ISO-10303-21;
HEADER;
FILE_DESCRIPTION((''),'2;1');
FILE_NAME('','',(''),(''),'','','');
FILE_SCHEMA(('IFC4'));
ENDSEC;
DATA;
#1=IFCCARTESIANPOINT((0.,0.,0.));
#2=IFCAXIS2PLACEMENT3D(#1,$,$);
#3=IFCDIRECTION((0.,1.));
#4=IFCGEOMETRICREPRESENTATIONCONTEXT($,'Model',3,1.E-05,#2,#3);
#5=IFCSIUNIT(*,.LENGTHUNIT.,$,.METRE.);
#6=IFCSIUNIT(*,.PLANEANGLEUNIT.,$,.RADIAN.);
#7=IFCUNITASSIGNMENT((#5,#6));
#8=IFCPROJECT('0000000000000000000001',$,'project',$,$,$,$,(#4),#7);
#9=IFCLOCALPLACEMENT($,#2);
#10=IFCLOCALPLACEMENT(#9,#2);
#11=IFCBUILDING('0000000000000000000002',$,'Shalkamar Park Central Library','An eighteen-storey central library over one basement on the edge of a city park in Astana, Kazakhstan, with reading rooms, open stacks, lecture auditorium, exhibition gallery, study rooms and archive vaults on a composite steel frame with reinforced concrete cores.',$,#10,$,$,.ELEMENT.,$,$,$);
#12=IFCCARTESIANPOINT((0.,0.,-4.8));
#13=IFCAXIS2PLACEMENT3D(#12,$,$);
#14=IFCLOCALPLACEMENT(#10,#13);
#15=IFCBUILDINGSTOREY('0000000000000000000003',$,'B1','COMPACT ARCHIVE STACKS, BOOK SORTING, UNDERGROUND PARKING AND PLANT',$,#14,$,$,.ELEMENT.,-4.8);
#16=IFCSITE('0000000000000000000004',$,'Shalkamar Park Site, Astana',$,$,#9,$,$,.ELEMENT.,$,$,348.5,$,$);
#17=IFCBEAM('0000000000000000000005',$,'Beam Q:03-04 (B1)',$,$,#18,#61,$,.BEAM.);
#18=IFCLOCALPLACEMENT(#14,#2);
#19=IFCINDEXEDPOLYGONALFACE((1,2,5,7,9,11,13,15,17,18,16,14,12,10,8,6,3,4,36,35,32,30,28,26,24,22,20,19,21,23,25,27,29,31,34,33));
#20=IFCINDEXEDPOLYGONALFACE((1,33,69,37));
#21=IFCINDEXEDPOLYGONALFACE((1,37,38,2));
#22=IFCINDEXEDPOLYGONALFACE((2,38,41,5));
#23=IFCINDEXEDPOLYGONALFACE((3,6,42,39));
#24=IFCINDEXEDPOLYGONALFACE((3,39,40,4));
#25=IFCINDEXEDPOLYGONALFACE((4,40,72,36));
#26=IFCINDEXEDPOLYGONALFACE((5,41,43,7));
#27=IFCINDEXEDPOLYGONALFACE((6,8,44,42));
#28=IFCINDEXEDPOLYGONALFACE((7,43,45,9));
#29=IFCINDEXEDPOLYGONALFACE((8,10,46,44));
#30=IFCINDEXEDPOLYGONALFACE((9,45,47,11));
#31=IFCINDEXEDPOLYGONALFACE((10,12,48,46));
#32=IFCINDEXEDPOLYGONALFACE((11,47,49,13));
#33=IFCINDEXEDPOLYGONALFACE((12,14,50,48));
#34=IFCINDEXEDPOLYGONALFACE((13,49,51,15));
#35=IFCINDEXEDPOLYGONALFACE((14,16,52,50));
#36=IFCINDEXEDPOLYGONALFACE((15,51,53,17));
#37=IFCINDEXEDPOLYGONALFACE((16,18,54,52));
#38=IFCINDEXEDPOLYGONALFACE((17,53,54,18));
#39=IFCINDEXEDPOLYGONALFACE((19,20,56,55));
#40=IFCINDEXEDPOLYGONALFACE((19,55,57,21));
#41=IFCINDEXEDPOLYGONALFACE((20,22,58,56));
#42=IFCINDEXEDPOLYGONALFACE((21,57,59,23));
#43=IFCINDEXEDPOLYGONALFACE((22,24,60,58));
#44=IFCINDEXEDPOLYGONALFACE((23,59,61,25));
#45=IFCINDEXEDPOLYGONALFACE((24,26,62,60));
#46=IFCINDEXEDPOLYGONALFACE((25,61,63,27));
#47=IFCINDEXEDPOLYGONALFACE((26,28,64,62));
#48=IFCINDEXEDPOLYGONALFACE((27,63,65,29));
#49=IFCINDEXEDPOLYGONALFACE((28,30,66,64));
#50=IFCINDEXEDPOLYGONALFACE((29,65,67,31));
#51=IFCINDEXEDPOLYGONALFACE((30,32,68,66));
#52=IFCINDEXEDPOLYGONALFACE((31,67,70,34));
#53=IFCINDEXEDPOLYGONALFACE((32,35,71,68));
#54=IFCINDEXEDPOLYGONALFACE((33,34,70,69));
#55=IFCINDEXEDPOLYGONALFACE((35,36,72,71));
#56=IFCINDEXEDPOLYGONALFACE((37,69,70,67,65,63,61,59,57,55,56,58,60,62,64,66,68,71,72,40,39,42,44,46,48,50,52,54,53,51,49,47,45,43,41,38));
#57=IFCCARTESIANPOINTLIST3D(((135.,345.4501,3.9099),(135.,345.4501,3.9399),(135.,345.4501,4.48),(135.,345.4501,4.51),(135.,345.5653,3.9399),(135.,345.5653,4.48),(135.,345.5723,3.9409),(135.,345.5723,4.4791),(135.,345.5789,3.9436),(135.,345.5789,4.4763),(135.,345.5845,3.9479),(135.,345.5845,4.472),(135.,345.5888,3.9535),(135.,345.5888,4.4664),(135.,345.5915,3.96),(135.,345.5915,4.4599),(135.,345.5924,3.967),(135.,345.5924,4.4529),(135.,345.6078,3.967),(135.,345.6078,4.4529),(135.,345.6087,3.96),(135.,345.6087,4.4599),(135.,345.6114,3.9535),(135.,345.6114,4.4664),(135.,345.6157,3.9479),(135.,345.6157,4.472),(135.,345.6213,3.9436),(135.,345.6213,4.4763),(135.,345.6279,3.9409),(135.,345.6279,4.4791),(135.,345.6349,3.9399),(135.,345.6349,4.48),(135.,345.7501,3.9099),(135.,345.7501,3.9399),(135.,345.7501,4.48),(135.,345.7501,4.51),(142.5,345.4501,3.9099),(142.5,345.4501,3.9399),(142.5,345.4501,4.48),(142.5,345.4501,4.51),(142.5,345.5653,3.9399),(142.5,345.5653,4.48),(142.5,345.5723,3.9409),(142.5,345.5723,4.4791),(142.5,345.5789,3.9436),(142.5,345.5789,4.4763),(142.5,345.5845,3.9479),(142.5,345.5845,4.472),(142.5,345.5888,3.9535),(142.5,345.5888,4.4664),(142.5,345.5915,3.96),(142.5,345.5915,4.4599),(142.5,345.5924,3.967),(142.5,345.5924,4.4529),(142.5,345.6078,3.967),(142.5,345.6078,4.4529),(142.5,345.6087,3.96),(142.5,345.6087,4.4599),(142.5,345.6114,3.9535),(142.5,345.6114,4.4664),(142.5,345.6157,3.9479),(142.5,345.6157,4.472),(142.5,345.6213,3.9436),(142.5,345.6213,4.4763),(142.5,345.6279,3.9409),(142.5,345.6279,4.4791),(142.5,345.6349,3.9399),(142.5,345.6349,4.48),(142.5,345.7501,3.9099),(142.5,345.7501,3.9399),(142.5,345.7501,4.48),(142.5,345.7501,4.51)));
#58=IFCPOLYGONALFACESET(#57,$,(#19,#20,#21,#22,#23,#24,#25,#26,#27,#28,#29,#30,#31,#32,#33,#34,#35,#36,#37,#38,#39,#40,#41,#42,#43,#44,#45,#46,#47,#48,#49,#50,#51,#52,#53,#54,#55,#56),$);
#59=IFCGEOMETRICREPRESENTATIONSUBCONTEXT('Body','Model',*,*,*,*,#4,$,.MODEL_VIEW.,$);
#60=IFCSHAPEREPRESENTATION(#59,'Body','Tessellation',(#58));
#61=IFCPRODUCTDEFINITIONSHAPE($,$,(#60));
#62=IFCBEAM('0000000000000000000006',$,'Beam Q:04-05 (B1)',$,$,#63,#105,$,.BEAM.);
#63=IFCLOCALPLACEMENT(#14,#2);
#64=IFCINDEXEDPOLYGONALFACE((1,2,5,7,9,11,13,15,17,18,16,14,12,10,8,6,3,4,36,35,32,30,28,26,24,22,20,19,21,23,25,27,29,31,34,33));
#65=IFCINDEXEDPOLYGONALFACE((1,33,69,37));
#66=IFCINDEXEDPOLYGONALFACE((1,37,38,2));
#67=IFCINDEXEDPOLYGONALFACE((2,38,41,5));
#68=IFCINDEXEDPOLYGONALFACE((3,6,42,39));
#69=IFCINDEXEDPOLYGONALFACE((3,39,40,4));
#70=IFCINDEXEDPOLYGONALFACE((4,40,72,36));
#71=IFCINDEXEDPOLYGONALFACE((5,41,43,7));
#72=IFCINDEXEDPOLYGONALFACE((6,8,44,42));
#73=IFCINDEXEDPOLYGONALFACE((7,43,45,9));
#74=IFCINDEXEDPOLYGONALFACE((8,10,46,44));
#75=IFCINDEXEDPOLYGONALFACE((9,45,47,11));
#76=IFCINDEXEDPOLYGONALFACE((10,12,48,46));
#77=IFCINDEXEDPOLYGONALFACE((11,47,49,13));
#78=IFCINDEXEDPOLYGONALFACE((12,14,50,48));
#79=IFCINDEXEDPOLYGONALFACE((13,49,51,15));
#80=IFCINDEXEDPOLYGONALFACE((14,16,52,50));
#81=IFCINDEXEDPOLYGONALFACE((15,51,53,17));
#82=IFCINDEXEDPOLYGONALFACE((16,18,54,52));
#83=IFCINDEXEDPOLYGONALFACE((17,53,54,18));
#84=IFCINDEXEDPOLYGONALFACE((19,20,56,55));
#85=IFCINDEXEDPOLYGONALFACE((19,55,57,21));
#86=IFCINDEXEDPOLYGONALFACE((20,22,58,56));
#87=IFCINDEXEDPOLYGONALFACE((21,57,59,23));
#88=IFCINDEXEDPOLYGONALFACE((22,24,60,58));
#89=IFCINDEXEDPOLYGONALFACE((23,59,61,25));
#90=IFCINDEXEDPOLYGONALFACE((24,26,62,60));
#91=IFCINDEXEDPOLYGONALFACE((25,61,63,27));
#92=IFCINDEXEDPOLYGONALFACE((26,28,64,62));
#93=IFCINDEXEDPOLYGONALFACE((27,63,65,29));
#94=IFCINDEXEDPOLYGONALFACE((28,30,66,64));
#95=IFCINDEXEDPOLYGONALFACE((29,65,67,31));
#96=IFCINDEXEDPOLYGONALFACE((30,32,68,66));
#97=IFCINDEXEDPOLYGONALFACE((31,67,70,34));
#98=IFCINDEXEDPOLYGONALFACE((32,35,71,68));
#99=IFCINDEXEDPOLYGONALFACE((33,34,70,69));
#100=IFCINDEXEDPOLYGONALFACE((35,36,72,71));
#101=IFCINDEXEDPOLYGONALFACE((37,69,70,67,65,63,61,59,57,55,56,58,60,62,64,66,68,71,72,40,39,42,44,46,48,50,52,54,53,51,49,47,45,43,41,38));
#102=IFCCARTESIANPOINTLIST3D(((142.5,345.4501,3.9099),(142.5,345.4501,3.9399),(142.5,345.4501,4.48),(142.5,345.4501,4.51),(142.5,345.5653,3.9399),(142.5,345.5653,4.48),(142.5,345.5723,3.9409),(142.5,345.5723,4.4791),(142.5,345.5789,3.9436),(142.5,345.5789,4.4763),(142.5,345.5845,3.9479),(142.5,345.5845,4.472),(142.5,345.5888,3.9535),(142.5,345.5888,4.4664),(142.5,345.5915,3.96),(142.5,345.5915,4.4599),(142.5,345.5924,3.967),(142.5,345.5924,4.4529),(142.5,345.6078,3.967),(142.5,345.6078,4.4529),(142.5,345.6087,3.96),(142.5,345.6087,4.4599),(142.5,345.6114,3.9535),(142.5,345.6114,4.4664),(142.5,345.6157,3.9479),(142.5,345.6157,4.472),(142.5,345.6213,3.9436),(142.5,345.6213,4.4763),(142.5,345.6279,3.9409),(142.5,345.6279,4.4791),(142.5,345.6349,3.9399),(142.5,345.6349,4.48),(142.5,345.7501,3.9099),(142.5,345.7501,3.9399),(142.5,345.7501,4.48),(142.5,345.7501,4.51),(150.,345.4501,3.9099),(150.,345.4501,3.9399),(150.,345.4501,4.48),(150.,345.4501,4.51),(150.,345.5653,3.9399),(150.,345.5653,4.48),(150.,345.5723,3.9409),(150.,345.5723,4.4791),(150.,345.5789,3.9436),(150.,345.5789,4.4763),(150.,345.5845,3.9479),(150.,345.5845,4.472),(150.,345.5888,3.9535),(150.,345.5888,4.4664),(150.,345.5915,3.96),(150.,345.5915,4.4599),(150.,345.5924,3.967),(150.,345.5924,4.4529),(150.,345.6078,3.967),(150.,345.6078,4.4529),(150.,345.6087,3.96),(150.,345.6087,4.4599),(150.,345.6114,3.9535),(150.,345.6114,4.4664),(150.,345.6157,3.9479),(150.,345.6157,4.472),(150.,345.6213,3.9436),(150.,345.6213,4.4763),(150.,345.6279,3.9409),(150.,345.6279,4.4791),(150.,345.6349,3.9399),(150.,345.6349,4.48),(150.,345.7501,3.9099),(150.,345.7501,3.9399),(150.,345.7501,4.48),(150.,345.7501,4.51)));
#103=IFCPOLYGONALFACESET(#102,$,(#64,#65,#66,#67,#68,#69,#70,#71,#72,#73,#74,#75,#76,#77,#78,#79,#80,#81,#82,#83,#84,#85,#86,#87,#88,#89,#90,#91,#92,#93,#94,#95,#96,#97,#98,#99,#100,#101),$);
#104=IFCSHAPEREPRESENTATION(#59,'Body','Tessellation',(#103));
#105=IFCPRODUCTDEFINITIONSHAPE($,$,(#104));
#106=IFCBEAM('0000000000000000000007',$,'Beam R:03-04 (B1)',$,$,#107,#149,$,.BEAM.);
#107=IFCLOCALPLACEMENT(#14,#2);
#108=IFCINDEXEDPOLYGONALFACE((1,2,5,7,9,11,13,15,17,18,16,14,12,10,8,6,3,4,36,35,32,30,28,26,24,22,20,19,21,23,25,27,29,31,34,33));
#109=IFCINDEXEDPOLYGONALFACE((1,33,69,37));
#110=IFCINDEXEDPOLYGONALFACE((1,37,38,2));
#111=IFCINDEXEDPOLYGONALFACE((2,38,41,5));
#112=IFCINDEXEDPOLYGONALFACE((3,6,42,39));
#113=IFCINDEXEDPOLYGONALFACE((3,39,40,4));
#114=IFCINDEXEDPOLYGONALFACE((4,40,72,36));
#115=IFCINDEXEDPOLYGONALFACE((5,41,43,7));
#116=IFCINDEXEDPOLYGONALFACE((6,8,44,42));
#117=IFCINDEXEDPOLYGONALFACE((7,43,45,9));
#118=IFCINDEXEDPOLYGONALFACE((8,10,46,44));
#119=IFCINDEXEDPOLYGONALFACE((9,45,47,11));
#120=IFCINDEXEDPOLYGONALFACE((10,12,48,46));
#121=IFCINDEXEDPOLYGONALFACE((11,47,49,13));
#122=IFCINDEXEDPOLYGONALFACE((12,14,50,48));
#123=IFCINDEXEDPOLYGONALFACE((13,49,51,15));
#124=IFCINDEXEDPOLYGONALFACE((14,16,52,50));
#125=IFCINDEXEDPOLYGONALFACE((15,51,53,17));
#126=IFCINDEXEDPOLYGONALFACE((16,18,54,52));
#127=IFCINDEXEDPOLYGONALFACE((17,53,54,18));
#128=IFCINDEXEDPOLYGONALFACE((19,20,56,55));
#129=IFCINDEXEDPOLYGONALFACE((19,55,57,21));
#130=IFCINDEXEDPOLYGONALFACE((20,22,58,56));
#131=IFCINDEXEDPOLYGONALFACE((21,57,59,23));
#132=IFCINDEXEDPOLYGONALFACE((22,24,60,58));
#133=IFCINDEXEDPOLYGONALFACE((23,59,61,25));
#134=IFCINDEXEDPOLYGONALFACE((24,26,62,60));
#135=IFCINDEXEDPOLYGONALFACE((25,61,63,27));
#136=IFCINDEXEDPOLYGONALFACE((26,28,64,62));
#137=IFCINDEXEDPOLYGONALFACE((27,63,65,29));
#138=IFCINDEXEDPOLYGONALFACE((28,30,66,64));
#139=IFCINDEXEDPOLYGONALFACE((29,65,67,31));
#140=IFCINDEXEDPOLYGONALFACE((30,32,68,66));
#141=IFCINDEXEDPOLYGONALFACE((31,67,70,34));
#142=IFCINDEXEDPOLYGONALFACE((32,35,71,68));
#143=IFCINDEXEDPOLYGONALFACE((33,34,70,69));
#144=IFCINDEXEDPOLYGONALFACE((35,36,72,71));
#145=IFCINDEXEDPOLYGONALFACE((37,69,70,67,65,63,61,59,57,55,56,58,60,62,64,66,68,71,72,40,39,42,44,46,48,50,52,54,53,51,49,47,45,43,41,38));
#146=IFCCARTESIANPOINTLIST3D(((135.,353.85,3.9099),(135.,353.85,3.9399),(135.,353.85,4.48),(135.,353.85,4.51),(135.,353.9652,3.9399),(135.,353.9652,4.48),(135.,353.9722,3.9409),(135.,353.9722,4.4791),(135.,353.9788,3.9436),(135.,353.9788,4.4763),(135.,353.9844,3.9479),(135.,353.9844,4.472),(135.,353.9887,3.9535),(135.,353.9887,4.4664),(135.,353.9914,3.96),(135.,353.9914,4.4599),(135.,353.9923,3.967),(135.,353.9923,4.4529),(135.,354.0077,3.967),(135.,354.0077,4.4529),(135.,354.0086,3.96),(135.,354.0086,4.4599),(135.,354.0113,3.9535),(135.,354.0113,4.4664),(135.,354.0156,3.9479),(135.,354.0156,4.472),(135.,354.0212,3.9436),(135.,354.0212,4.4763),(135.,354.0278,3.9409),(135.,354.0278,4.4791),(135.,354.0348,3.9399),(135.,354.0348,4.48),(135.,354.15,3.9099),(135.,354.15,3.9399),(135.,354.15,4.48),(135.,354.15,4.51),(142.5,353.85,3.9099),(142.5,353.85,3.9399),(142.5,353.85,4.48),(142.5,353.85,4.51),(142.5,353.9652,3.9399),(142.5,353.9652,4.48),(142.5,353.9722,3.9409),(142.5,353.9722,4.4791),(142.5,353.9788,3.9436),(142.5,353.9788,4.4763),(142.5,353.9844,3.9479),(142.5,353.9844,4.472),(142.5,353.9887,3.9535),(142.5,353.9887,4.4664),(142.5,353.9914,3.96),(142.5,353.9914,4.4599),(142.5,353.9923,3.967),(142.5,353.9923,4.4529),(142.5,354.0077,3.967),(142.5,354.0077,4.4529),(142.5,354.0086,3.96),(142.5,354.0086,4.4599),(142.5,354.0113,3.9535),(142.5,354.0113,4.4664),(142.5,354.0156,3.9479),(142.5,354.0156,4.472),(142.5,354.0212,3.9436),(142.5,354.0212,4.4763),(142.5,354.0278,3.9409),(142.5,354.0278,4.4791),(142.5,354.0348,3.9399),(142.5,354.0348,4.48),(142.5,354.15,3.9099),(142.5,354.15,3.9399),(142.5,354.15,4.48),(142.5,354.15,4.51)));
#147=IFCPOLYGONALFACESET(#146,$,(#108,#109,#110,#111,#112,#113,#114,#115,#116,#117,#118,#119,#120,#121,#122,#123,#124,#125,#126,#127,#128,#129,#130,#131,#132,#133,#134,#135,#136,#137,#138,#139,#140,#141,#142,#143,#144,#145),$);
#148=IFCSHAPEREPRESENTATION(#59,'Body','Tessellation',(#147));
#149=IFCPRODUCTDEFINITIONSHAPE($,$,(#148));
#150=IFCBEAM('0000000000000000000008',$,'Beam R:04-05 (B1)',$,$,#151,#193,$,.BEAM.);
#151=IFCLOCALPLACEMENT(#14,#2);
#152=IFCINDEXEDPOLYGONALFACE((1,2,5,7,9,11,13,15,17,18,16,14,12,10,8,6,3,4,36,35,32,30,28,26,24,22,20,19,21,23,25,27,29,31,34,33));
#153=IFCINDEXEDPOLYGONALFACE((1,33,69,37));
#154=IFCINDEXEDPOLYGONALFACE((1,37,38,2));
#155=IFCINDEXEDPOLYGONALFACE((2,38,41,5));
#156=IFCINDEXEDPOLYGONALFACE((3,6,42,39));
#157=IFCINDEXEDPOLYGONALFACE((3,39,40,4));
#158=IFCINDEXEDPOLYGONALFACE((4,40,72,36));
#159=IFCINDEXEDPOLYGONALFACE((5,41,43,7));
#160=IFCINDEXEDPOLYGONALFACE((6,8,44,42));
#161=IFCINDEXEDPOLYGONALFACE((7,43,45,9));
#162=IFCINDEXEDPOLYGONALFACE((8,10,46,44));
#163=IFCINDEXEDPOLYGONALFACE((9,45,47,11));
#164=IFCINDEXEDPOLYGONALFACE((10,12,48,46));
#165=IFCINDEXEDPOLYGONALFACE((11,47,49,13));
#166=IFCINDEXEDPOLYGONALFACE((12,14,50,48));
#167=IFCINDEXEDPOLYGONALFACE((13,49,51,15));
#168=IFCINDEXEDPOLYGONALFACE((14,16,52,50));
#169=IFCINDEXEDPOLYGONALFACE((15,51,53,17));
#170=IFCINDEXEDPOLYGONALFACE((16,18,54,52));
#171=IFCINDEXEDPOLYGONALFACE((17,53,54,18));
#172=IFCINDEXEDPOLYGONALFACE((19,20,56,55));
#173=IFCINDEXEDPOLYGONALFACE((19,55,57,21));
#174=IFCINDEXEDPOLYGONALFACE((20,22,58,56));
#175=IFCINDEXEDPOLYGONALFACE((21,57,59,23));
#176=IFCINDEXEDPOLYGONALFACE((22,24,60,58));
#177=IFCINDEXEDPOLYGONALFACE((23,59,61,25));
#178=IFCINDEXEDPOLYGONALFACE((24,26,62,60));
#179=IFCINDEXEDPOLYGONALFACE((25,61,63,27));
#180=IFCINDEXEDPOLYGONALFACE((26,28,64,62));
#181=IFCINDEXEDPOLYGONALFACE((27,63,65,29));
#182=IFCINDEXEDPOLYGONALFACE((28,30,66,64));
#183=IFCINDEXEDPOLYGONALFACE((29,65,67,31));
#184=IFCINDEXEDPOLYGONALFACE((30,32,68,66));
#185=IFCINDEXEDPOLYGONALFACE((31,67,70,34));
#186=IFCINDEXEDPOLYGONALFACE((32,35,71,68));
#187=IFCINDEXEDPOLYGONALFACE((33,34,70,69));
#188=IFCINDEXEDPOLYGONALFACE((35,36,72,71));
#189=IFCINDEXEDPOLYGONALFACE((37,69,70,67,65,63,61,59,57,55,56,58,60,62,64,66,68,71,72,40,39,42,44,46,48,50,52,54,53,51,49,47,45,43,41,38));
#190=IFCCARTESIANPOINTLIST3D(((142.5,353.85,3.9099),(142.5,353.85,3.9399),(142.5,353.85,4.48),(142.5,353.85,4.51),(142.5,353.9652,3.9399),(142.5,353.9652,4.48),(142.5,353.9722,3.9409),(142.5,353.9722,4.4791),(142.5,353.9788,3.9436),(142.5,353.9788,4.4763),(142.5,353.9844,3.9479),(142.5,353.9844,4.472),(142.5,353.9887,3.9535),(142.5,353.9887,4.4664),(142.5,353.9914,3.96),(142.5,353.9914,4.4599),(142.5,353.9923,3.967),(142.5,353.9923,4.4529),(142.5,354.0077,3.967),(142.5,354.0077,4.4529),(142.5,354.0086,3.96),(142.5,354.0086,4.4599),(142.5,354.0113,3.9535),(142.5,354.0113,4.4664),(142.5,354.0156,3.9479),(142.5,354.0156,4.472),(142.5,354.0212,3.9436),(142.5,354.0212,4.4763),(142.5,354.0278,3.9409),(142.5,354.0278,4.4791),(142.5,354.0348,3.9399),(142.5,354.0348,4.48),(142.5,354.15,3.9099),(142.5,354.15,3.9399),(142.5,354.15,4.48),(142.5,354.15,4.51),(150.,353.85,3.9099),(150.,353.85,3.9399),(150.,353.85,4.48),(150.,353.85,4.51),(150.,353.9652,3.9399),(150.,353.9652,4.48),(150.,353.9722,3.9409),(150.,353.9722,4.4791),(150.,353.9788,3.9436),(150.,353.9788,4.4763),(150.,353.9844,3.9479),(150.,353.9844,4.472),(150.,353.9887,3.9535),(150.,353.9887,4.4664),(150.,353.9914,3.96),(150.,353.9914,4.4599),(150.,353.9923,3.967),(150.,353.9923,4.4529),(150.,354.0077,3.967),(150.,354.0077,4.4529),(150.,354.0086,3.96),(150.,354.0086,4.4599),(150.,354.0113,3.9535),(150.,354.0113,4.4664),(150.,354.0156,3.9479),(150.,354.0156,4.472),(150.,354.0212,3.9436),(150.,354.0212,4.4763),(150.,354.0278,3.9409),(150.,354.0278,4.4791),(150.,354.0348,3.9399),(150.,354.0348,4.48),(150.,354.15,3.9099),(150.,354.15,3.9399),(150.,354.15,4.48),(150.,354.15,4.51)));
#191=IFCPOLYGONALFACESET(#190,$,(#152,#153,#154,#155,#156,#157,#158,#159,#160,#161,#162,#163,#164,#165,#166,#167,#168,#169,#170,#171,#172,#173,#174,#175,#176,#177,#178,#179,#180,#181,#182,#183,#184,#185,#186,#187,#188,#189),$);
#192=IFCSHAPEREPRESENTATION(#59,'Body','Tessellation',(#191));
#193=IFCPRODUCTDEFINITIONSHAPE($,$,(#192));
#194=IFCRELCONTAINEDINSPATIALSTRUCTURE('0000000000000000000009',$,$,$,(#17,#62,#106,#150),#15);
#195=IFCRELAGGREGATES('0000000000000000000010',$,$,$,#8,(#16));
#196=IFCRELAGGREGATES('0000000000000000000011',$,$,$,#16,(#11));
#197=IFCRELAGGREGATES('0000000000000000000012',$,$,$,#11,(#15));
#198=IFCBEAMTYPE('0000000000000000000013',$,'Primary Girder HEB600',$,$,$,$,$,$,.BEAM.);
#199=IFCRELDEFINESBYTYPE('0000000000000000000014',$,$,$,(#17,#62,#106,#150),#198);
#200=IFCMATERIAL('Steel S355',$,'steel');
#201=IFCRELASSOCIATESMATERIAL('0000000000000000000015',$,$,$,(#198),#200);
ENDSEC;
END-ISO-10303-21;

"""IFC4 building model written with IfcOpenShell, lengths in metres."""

from ifc_helpers import new_model, si_unit, direction, frame, origin, origin_2d, place, context, subcontext, project, spatial, i_section, extrude, material, material_profile, profile_set, type_object, element, save


model = new_model("IFC4")

# Units and contexts
model_context = context("Model", 3, precision=1e-05, world=origin(), true_north=direction((0.0, 1.0)))
body_context = subcontext(model_context, "Body", "Model", "MODEL_VIEW")
ifc_project = project(units=[si_unit("LENGTHUNIT", "METRE"), si_unit("PLANEANGLEUNIT", "RADIAN")], contexts=[model_context])

# Site, building, storey
site_placement = place(None, origin())
site = spatial("IfcSite", under=ifc_project, at=site_placement, Name="Shalkamar Park Site, Astana", CompositionType="ELEMENT", RefElevation=348.5)
building_placement = place(site_placement, origin())
building = spatial("IfcBuilding", under=site, at=building_placement, Name="Shalkamar Park Central Library", Description="An eighteen-storey central library over one basement on the edge of a city park in Astana, Kazakhstan, with reading rooms, open stacks, lecture auditorium, exhibition gallery, study rooms and archive vaults on a composite steel frame with reinforced concrete cores.", CompositionType="ELEMENT")
storey_placement = place(building_placement, frame((0.0, 0.0, -4.8)))
storey = spatial("IfcBuildingStorey", under=building, at=storey_placement, Name="B1", Description="COMPACT ARCHIVE STACKS, BOOK SORTING, UNDERGROUND PARKING AND PLANT", CompositionType="ELEMENT", Elevation=-4.8)

# Shared definitions
ifc_material_1 = material(Name="Steel S355", Category="steel")

# Beams
ifc_material_profile_1 = material_profile(ifc_material_1, i_section(OverallWidth=0.3, OverallDepth=0.6001, WebThickness=0.0154, FlangeThickness=0.03, FilletRadius=0.0271, at=origin_2d()), Name="HEB 600")
ifc_profile_set_1 = profile_set([ifc_material_profile_1], Name="Steel S355")
beam_type_1 = type_object("IfcBeamType", Name="Primary Girder HEB600", PredefinedType="BEAM", material=ifc_profile_set_1)
for number, where, z_axis, x_axis, name in (
    (1, (135.0, 345.6001, 4.21), (1.0, 0.0, 0.0), (0.0, 1.0, 0.0), "Beam Q:03-04 (B1)"),
    (2, (142.5, 345.6001, 4.21), (1.0, 0.0, 0.0), (0.0, 1.0, 0.0), "Beam Q:04-05 (B1)"),
    (3, (135.0, 354.0, 4.21), (1.0, 0.0, 0.0), (0.0, 1.0, 0.0), "Beam R:03-04 (B1)"),
    (4, (142.5, 354.0, 4.21), (1.0, 0.0, 0.0), (0.0, 1.0, 0.0), "Beam R:04-05 (B1)"),
):
    element("IfcBeam", number, at=place(storey_placement, frame(where, z_axis=z_axis, x_axis=x_axis)), inside=storey, type_object=beam_type_1, Name=name, PredefinedType="BEAM", context=body_context, shape_type="SweptSolid", body=[
        extrude(i_section(OverallWidth=0.3, OverallDepth=0.6001, WebThickness=0.0154, FlangeThickness=0.03, FilletRadius=0.0271, at=origin_2d()), origin(), (0.0, 0.0, 1.0), 7.5),
    ])

save(model, "model.ifc")
